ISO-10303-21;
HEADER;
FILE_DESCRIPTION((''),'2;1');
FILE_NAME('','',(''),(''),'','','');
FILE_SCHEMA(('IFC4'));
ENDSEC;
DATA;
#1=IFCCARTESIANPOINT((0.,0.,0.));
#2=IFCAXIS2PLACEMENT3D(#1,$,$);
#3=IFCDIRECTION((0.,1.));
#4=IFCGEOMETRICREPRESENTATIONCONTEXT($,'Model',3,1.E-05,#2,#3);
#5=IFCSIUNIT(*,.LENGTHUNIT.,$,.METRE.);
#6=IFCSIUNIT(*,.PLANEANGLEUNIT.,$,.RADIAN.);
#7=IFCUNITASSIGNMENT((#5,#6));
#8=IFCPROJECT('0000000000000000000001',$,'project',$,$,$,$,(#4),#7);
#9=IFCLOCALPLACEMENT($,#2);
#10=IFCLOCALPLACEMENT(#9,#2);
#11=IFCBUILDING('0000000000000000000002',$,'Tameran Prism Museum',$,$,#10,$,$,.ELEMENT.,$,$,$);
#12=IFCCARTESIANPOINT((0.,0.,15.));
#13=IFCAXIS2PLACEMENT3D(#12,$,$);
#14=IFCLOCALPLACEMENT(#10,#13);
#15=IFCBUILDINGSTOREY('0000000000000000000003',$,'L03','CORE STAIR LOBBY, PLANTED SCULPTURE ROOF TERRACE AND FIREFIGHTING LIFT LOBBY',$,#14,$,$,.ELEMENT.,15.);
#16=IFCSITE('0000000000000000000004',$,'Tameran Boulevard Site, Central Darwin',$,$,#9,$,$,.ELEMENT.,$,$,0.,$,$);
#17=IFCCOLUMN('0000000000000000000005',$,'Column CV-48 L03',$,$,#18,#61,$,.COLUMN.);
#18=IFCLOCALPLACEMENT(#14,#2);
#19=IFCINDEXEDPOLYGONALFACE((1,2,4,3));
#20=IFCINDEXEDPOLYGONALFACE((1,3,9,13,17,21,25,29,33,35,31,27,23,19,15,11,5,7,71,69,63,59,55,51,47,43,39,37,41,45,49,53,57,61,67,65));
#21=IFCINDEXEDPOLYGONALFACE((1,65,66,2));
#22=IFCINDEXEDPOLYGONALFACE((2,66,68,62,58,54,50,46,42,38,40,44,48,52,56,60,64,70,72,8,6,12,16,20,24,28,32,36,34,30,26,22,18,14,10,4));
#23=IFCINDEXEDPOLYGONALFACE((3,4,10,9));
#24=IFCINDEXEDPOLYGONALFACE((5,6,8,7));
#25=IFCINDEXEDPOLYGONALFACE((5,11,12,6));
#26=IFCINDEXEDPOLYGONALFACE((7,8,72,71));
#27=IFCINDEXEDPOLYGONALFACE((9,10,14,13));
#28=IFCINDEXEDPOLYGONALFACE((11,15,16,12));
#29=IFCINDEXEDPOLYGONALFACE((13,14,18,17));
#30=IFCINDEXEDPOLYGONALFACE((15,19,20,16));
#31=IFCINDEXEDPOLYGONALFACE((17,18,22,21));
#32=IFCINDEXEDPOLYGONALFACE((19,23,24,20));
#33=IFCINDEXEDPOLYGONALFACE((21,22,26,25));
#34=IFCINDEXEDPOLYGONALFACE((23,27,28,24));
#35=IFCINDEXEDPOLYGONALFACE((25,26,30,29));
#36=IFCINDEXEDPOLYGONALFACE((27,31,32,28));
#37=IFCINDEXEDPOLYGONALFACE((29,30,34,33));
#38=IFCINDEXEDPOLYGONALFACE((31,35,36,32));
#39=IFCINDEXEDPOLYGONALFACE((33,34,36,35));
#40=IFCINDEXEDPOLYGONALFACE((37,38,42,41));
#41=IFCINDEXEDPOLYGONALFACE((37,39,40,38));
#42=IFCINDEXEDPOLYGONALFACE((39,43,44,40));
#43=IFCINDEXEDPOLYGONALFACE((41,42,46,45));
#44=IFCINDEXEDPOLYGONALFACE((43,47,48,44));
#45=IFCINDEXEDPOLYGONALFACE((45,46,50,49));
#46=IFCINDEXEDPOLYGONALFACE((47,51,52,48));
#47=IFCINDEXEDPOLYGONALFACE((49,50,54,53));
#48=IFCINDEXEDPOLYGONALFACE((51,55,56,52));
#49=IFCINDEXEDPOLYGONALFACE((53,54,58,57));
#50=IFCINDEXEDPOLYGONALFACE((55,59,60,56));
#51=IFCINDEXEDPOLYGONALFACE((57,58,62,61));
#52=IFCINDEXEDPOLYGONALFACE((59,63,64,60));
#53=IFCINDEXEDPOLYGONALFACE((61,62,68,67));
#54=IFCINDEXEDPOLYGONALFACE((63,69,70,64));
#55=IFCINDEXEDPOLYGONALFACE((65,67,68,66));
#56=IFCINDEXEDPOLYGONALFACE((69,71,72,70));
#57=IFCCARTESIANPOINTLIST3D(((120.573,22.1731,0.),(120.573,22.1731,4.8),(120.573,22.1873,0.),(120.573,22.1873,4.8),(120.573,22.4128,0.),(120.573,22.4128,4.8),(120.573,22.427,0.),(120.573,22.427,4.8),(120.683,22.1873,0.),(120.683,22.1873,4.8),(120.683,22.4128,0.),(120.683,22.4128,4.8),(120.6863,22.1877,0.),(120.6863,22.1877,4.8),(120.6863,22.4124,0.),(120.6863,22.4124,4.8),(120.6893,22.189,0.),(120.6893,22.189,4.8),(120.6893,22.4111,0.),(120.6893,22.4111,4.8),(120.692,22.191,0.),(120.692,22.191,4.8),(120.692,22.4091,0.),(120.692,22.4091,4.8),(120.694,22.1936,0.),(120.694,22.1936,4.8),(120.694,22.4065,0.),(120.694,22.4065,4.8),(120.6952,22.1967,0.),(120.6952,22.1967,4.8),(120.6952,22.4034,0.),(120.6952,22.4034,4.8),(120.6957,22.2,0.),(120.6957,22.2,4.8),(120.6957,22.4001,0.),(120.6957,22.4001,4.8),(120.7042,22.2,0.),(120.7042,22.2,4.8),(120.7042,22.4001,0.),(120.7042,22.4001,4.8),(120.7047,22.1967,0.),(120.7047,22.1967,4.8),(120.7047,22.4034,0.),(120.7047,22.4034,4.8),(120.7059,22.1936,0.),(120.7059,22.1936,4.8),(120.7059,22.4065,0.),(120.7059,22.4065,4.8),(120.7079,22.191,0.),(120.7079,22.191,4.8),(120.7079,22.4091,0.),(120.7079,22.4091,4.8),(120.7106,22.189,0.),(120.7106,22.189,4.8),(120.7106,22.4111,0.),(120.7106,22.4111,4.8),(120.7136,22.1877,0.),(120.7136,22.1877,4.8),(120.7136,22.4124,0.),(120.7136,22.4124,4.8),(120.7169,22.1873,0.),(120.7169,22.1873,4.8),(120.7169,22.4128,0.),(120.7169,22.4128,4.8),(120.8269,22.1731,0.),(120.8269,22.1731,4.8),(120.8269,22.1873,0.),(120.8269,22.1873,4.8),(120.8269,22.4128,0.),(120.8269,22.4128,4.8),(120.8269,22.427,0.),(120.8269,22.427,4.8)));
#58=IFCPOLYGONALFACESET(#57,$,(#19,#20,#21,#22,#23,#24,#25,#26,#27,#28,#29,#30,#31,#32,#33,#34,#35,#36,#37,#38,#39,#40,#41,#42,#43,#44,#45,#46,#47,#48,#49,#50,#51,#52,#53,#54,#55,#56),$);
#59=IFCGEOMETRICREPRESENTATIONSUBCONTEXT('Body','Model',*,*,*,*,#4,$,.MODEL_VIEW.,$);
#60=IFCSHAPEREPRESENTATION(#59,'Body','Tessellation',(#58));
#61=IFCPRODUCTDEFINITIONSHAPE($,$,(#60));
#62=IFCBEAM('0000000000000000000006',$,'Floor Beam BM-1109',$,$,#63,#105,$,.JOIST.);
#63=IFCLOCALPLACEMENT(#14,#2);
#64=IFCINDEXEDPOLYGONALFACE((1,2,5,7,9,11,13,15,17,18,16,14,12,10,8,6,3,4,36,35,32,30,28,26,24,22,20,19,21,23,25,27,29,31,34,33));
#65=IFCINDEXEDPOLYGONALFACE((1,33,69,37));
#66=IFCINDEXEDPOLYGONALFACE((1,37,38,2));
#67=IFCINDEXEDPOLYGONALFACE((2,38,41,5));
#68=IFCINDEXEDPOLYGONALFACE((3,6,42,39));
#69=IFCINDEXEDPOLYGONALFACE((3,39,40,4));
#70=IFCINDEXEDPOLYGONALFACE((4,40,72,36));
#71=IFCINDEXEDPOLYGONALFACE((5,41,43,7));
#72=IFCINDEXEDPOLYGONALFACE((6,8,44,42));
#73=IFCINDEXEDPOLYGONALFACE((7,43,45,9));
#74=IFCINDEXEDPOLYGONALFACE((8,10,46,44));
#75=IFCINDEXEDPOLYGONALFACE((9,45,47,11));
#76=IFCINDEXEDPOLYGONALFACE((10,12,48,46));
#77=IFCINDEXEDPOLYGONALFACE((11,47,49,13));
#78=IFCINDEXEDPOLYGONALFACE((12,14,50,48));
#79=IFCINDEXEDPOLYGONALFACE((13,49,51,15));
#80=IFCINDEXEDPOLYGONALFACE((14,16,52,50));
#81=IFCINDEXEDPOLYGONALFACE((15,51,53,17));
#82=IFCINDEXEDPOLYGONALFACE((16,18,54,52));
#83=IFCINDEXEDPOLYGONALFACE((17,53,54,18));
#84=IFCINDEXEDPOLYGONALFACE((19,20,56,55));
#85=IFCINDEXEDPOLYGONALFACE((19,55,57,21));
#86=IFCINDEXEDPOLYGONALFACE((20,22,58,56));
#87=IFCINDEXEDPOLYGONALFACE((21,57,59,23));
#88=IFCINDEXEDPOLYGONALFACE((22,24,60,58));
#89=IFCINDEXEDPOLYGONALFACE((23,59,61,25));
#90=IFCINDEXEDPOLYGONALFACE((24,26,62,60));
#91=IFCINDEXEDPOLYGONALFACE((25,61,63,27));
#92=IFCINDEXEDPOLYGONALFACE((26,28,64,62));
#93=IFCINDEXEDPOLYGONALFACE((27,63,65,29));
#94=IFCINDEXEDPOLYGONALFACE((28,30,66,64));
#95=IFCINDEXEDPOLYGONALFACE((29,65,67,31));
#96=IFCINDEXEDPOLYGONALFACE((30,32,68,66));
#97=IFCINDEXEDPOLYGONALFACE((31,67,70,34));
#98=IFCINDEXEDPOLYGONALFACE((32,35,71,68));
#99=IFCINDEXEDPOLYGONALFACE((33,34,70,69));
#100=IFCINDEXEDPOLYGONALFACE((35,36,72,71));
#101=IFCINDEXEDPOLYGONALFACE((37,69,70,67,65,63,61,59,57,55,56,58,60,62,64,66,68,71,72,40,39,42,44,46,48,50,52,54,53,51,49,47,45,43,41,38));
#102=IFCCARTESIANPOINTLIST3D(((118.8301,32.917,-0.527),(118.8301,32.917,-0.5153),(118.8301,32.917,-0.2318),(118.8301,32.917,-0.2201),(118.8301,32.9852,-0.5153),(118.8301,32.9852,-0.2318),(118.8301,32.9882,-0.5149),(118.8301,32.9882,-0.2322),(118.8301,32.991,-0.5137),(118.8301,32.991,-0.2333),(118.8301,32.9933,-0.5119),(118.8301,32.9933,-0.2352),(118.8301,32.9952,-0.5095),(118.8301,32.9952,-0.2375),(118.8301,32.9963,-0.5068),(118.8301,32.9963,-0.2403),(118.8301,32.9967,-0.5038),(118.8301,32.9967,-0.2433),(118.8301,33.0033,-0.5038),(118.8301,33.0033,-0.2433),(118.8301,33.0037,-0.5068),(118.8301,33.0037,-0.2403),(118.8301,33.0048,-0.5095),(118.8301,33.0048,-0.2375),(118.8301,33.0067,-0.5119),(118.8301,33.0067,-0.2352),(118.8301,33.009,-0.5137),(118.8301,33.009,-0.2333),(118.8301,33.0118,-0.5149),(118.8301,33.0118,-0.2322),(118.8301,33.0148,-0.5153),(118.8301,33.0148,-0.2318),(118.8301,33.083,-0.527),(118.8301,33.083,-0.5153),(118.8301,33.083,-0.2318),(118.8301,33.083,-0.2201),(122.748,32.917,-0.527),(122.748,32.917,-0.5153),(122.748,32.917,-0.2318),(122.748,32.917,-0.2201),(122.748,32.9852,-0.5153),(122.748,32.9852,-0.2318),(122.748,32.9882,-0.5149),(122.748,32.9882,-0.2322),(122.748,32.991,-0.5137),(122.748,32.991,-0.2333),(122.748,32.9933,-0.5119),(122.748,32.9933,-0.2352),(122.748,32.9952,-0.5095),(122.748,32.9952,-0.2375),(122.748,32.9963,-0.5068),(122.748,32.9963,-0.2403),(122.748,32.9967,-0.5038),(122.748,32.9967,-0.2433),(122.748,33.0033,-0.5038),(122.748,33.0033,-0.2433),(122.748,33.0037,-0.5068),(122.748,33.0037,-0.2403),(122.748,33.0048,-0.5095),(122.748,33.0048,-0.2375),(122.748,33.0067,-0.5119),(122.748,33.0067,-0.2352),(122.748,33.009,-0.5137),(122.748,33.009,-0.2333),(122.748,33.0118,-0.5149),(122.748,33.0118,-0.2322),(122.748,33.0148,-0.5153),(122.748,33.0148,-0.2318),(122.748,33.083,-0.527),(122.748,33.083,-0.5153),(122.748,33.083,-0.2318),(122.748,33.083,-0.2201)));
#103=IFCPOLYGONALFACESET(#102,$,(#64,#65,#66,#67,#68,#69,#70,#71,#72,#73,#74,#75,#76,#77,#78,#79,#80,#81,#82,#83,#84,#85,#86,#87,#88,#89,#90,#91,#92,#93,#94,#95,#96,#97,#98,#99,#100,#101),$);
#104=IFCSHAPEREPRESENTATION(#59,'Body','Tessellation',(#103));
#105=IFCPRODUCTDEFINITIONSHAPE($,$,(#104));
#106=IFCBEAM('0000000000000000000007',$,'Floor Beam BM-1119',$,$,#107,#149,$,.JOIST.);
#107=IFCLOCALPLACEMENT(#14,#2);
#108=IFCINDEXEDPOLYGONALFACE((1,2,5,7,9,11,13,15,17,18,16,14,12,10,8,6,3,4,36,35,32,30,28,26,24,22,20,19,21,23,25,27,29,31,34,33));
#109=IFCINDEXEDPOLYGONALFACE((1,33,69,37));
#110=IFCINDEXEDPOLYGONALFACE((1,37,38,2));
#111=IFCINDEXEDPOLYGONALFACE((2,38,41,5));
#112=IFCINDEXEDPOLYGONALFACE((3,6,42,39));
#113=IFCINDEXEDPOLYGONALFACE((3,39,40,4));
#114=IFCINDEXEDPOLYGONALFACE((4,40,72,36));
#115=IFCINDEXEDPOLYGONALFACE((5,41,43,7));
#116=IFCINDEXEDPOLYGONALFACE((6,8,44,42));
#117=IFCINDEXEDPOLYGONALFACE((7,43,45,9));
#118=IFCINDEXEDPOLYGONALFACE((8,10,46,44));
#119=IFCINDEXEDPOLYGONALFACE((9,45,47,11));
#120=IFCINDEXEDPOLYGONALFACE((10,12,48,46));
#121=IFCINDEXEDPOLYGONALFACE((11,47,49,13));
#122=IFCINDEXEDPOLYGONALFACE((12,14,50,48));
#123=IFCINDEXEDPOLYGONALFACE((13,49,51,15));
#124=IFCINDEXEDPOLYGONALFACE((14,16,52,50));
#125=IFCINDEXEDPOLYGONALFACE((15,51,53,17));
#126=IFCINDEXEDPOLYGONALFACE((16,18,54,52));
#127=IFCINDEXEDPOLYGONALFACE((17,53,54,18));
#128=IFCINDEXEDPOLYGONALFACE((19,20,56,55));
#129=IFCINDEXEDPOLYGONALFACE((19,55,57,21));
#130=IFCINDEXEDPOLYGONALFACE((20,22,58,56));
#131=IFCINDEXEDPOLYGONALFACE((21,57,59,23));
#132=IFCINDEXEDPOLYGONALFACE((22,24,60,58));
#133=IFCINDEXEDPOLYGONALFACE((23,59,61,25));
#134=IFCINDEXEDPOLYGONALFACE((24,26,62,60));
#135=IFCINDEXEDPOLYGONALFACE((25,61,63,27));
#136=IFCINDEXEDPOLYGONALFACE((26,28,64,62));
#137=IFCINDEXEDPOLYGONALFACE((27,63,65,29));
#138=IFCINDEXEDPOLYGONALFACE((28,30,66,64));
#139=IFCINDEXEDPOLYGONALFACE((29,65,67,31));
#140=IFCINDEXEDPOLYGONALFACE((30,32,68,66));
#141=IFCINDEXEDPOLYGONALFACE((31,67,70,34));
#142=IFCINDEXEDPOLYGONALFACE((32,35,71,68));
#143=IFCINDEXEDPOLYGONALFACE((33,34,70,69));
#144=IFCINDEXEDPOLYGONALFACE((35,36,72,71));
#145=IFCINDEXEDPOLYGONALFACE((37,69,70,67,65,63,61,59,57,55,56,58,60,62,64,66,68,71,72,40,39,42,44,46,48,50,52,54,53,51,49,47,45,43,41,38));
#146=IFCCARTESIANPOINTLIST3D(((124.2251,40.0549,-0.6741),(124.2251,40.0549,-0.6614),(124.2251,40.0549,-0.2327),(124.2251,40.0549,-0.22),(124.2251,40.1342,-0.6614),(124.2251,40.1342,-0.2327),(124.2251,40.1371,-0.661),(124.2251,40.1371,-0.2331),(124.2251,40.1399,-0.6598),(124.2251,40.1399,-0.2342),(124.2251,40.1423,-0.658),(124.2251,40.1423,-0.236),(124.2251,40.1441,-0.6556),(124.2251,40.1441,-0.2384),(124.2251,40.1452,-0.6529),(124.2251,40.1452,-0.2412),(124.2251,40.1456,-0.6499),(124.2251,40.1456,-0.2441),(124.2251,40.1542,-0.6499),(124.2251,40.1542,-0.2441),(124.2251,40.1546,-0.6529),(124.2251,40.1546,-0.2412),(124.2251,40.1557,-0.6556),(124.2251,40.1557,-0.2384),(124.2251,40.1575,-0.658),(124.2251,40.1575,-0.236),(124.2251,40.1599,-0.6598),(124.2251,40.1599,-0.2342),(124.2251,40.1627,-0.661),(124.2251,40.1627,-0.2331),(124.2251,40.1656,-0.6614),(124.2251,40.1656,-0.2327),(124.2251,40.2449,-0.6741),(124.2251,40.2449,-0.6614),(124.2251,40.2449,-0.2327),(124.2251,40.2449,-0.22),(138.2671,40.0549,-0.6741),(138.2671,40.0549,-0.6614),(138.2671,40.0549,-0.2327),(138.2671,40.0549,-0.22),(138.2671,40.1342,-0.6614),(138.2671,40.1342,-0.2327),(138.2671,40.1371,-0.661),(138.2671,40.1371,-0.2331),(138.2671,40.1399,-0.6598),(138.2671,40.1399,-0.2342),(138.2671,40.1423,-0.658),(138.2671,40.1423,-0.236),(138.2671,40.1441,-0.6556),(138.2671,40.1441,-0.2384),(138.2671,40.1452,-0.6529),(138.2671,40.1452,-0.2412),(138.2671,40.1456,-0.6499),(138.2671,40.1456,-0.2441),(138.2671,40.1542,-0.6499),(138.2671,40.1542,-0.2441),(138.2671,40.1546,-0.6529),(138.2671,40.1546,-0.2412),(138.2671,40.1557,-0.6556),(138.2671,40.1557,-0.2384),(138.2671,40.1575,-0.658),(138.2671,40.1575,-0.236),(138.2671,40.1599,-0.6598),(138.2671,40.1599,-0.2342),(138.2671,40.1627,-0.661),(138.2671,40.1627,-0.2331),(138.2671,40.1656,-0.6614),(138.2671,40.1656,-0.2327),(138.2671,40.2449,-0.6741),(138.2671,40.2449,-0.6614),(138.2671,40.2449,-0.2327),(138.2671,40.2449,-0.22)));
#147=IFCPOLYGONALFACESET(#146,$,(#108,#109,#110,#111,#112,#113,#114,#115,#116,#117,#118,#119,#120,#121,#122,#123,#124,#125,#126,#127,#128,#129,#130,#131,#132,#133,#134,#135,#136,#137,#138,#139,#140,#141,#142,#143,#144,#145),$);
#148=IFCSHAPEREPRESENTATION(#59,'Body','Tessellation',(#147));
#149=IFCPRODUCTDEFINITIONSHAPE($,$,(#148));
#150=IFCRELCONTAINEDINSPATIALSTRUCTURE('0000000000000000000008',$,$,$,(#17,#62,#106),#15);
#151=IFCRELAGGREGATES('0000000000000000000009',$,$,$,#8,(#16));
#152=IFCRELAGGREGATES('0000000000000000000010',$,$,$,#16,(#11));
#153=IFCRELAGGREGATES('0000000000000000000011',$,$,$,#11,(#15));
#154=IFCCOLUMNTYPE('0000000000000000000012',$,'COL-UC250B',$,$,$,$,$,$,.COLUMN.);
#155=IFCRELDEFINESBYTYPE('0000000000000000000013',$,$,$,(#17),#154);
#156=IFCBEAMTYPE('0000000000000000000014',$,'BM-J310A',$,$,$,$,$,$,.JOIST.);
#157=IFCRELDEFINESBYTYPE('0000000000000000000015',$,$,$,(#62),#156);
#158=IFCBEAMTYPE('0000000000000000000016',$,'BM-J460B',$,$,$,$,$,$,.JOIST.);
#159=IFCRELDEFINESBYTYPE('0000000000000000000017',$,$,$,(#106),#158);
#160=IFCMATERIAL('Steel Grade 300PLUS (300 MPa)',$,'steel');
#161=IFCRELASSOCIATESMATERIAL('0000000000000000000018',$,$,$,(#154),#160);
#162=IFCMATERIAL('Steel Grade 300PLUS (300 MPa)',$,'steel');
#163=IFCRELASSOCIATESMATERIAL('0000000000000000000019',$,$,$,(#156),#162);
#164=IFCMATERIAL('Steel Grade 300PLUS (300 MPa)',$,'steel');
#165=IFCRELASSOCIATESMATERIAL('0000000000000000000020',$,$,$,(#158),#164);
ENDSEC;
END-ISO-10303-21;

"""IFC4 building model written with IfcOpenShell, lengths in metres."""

from ifc_helpers import new_model, si_unit, direction, frame, origin, origin_2d, place, context, subcontext, project, spatial, i_section, extrude, material, material_profile, profile_set, type_object, element, save


model = new_model("IFC4")

# Units and contexts
model_context = context("Model", 3, precision=1e-05, world=origin(), true_north=direction((0.0, 1.0)))
body_context = subcontext(model_context, "Body", "Model", "MODEL_VIEW")
ifc_project = project(units=[si_unit("LENGTHUNIT", "METRE"), si_unit("PLANEANGLEUNIT", "RADIAN")], contexts=[model_context])

# Site, building, storey
site_placement = place(None, origin())
site = spatial("IfcSite", under=ifc_project, at=site_placement, Name="Tameran Boulevard Site, Central Darwin", CompositionType="ELEMENT", RefElevation=0.0)
building_placement = place(site_placement, origin())
building = spatial("IfcBuilding", under=site, at=building_placement, Name="Tameran Prism Museum", CompositionType="ELEMENT")
storey_placement = place(building_placement, frame((0.0, 0.0, 15.0)))
storey = spatial("IfcBuildingStorey", under=building, at=storey_placement, Name="L03", Description="CORE STAIR LOBBY, PLANTED SCULPTURE ROOF TERRACE AND FIREFIGHTING LIFT LOBBY", CompositionType="ELEMENT", Elevation=15.0)

# Column
ifc_material_1 = material(Name="Steel Grade 300PLUS (300 MPa)", Category="steel")
ifc_material_profile_1 = material_profile(ifc_material_1, i_section(OverallWidth=0.2539, OverallDepth=0.2539, WebThickness=0.0085, FlangeThickness=0.0142, FilletRadius=0.0127, at=origin_2d()))
ifc_profile_set_1 = profile_set([ifc_material_profile_1])
column_type = type_object("IfcColumnType", Name="COL-UC250B", PredefinedType="COLUMN", material=ifc_profile_set_1)
column_placement = place(storey_placement, frame((120.7, 22.3, 0.0), z_axis=(0.0, 0.0, 1.0), x_axis=(1.0, 0.0, 0.0)))
element("IfcColumn", 1, at=column_placement, inside=storey, type_object=column_type, Name="Column CV-48 L03", PredefinedType="COLUMN", context=body_context, shape_type="SweptSolid", body=[
    extrude(i_section(OverallWidth=0.2539, OverallDepth=0.2539, WebThickness=0.0085, FlangeThickness=0.0142, FilletRadius=0.0127, at=origin_2d()), origin(), (0.0, 0.0, 1.0), 4.8),
])

# Beams
ifc_material_2 = material(Name="Steel Grade 300PLUS (300 MPa)", Category="steel")
ifc_material_profile_2 = material_profile(ifc_material_2, i_section(OverallWidth=0.166, OverallDepth=0.3069, WebThickness=0.0066, FlangeThickness=0.0117, FilletRadius=0.0115, at=origin_2d()))
ifc_profile_set_2 = profile_set([ifc_material_profile_2])
beam_type_1 = type_object("IfcBeamType", Name="BM-J310A", PredefinedType="JOIST", material=ifc_profile_set_2)
beam_1_placement = place(storey_placement, frame((118.8301, 33.0, -0.3735), z_axis=(1.0, 0.0, 0.0), x_axis=(0.0, 1.0, 0.0)))
element("IfcBeam", 2, at=beam_1_placement, inside=storey, type_object=beam_type_1, Name="Floor Beam BM-1109", PredefinedType="JOIST", context=body_context, shape_type="SweptSolid", body=[
    extrude(i_section(OverallWidth=0.166, OverallDepth=0.3069, WebThickness=0.0066, FlangeThickness=0.0117, FilletRadius=0.0115, at=origin_2d()), origin(), (0.0, 0.0, 1.0), 3.918),
])
ifc_material_3 = material(Name="Steel Grade 300PLUS (300 MPa)", Category="steel")
ifc_material_profile_3 = material_profile(ifc_material_3, i_section(OverallWidth=0.1899, OverallDepth=0.4541, WebThickness=0.0085, FlangeThickness=0.0127, FilletRadius=0.0115, at=origin_2d()))
ifc_profile_set_3 = profile_set([ifc_material_profile_3])
beam_type_2 = type_object("IfcBeamType", Name="BM-J460B", PredefinedType="JOIST", material=ifc_profile_set_3)
beam_2_placement = place(storey_placement, frame((124.2251, 40.1499, -0.447), z_axis=(1.0, 0.0, 0.0), x_axis=(0.0, 1.0, 0.0)))
element("IfcBeam", 3, at=beam_2_placement, inside=storey, type_object=beam_type_2, Name="Floor Beam BM-1119", PredefinedType="JOIST", context=body_context, shape_type="SweptSolid", body=[
    extrude(i_section(OverallWidth=0.1899, OverallDepth=0.4541, WebThickness=0.0085, FlangeThickness=0.0127, FilletRadius=0.0115, at=origin_2d()), origin(), (0.0, 0.0, 1.0), 14.042),
])

save(model, "model.ifc")
